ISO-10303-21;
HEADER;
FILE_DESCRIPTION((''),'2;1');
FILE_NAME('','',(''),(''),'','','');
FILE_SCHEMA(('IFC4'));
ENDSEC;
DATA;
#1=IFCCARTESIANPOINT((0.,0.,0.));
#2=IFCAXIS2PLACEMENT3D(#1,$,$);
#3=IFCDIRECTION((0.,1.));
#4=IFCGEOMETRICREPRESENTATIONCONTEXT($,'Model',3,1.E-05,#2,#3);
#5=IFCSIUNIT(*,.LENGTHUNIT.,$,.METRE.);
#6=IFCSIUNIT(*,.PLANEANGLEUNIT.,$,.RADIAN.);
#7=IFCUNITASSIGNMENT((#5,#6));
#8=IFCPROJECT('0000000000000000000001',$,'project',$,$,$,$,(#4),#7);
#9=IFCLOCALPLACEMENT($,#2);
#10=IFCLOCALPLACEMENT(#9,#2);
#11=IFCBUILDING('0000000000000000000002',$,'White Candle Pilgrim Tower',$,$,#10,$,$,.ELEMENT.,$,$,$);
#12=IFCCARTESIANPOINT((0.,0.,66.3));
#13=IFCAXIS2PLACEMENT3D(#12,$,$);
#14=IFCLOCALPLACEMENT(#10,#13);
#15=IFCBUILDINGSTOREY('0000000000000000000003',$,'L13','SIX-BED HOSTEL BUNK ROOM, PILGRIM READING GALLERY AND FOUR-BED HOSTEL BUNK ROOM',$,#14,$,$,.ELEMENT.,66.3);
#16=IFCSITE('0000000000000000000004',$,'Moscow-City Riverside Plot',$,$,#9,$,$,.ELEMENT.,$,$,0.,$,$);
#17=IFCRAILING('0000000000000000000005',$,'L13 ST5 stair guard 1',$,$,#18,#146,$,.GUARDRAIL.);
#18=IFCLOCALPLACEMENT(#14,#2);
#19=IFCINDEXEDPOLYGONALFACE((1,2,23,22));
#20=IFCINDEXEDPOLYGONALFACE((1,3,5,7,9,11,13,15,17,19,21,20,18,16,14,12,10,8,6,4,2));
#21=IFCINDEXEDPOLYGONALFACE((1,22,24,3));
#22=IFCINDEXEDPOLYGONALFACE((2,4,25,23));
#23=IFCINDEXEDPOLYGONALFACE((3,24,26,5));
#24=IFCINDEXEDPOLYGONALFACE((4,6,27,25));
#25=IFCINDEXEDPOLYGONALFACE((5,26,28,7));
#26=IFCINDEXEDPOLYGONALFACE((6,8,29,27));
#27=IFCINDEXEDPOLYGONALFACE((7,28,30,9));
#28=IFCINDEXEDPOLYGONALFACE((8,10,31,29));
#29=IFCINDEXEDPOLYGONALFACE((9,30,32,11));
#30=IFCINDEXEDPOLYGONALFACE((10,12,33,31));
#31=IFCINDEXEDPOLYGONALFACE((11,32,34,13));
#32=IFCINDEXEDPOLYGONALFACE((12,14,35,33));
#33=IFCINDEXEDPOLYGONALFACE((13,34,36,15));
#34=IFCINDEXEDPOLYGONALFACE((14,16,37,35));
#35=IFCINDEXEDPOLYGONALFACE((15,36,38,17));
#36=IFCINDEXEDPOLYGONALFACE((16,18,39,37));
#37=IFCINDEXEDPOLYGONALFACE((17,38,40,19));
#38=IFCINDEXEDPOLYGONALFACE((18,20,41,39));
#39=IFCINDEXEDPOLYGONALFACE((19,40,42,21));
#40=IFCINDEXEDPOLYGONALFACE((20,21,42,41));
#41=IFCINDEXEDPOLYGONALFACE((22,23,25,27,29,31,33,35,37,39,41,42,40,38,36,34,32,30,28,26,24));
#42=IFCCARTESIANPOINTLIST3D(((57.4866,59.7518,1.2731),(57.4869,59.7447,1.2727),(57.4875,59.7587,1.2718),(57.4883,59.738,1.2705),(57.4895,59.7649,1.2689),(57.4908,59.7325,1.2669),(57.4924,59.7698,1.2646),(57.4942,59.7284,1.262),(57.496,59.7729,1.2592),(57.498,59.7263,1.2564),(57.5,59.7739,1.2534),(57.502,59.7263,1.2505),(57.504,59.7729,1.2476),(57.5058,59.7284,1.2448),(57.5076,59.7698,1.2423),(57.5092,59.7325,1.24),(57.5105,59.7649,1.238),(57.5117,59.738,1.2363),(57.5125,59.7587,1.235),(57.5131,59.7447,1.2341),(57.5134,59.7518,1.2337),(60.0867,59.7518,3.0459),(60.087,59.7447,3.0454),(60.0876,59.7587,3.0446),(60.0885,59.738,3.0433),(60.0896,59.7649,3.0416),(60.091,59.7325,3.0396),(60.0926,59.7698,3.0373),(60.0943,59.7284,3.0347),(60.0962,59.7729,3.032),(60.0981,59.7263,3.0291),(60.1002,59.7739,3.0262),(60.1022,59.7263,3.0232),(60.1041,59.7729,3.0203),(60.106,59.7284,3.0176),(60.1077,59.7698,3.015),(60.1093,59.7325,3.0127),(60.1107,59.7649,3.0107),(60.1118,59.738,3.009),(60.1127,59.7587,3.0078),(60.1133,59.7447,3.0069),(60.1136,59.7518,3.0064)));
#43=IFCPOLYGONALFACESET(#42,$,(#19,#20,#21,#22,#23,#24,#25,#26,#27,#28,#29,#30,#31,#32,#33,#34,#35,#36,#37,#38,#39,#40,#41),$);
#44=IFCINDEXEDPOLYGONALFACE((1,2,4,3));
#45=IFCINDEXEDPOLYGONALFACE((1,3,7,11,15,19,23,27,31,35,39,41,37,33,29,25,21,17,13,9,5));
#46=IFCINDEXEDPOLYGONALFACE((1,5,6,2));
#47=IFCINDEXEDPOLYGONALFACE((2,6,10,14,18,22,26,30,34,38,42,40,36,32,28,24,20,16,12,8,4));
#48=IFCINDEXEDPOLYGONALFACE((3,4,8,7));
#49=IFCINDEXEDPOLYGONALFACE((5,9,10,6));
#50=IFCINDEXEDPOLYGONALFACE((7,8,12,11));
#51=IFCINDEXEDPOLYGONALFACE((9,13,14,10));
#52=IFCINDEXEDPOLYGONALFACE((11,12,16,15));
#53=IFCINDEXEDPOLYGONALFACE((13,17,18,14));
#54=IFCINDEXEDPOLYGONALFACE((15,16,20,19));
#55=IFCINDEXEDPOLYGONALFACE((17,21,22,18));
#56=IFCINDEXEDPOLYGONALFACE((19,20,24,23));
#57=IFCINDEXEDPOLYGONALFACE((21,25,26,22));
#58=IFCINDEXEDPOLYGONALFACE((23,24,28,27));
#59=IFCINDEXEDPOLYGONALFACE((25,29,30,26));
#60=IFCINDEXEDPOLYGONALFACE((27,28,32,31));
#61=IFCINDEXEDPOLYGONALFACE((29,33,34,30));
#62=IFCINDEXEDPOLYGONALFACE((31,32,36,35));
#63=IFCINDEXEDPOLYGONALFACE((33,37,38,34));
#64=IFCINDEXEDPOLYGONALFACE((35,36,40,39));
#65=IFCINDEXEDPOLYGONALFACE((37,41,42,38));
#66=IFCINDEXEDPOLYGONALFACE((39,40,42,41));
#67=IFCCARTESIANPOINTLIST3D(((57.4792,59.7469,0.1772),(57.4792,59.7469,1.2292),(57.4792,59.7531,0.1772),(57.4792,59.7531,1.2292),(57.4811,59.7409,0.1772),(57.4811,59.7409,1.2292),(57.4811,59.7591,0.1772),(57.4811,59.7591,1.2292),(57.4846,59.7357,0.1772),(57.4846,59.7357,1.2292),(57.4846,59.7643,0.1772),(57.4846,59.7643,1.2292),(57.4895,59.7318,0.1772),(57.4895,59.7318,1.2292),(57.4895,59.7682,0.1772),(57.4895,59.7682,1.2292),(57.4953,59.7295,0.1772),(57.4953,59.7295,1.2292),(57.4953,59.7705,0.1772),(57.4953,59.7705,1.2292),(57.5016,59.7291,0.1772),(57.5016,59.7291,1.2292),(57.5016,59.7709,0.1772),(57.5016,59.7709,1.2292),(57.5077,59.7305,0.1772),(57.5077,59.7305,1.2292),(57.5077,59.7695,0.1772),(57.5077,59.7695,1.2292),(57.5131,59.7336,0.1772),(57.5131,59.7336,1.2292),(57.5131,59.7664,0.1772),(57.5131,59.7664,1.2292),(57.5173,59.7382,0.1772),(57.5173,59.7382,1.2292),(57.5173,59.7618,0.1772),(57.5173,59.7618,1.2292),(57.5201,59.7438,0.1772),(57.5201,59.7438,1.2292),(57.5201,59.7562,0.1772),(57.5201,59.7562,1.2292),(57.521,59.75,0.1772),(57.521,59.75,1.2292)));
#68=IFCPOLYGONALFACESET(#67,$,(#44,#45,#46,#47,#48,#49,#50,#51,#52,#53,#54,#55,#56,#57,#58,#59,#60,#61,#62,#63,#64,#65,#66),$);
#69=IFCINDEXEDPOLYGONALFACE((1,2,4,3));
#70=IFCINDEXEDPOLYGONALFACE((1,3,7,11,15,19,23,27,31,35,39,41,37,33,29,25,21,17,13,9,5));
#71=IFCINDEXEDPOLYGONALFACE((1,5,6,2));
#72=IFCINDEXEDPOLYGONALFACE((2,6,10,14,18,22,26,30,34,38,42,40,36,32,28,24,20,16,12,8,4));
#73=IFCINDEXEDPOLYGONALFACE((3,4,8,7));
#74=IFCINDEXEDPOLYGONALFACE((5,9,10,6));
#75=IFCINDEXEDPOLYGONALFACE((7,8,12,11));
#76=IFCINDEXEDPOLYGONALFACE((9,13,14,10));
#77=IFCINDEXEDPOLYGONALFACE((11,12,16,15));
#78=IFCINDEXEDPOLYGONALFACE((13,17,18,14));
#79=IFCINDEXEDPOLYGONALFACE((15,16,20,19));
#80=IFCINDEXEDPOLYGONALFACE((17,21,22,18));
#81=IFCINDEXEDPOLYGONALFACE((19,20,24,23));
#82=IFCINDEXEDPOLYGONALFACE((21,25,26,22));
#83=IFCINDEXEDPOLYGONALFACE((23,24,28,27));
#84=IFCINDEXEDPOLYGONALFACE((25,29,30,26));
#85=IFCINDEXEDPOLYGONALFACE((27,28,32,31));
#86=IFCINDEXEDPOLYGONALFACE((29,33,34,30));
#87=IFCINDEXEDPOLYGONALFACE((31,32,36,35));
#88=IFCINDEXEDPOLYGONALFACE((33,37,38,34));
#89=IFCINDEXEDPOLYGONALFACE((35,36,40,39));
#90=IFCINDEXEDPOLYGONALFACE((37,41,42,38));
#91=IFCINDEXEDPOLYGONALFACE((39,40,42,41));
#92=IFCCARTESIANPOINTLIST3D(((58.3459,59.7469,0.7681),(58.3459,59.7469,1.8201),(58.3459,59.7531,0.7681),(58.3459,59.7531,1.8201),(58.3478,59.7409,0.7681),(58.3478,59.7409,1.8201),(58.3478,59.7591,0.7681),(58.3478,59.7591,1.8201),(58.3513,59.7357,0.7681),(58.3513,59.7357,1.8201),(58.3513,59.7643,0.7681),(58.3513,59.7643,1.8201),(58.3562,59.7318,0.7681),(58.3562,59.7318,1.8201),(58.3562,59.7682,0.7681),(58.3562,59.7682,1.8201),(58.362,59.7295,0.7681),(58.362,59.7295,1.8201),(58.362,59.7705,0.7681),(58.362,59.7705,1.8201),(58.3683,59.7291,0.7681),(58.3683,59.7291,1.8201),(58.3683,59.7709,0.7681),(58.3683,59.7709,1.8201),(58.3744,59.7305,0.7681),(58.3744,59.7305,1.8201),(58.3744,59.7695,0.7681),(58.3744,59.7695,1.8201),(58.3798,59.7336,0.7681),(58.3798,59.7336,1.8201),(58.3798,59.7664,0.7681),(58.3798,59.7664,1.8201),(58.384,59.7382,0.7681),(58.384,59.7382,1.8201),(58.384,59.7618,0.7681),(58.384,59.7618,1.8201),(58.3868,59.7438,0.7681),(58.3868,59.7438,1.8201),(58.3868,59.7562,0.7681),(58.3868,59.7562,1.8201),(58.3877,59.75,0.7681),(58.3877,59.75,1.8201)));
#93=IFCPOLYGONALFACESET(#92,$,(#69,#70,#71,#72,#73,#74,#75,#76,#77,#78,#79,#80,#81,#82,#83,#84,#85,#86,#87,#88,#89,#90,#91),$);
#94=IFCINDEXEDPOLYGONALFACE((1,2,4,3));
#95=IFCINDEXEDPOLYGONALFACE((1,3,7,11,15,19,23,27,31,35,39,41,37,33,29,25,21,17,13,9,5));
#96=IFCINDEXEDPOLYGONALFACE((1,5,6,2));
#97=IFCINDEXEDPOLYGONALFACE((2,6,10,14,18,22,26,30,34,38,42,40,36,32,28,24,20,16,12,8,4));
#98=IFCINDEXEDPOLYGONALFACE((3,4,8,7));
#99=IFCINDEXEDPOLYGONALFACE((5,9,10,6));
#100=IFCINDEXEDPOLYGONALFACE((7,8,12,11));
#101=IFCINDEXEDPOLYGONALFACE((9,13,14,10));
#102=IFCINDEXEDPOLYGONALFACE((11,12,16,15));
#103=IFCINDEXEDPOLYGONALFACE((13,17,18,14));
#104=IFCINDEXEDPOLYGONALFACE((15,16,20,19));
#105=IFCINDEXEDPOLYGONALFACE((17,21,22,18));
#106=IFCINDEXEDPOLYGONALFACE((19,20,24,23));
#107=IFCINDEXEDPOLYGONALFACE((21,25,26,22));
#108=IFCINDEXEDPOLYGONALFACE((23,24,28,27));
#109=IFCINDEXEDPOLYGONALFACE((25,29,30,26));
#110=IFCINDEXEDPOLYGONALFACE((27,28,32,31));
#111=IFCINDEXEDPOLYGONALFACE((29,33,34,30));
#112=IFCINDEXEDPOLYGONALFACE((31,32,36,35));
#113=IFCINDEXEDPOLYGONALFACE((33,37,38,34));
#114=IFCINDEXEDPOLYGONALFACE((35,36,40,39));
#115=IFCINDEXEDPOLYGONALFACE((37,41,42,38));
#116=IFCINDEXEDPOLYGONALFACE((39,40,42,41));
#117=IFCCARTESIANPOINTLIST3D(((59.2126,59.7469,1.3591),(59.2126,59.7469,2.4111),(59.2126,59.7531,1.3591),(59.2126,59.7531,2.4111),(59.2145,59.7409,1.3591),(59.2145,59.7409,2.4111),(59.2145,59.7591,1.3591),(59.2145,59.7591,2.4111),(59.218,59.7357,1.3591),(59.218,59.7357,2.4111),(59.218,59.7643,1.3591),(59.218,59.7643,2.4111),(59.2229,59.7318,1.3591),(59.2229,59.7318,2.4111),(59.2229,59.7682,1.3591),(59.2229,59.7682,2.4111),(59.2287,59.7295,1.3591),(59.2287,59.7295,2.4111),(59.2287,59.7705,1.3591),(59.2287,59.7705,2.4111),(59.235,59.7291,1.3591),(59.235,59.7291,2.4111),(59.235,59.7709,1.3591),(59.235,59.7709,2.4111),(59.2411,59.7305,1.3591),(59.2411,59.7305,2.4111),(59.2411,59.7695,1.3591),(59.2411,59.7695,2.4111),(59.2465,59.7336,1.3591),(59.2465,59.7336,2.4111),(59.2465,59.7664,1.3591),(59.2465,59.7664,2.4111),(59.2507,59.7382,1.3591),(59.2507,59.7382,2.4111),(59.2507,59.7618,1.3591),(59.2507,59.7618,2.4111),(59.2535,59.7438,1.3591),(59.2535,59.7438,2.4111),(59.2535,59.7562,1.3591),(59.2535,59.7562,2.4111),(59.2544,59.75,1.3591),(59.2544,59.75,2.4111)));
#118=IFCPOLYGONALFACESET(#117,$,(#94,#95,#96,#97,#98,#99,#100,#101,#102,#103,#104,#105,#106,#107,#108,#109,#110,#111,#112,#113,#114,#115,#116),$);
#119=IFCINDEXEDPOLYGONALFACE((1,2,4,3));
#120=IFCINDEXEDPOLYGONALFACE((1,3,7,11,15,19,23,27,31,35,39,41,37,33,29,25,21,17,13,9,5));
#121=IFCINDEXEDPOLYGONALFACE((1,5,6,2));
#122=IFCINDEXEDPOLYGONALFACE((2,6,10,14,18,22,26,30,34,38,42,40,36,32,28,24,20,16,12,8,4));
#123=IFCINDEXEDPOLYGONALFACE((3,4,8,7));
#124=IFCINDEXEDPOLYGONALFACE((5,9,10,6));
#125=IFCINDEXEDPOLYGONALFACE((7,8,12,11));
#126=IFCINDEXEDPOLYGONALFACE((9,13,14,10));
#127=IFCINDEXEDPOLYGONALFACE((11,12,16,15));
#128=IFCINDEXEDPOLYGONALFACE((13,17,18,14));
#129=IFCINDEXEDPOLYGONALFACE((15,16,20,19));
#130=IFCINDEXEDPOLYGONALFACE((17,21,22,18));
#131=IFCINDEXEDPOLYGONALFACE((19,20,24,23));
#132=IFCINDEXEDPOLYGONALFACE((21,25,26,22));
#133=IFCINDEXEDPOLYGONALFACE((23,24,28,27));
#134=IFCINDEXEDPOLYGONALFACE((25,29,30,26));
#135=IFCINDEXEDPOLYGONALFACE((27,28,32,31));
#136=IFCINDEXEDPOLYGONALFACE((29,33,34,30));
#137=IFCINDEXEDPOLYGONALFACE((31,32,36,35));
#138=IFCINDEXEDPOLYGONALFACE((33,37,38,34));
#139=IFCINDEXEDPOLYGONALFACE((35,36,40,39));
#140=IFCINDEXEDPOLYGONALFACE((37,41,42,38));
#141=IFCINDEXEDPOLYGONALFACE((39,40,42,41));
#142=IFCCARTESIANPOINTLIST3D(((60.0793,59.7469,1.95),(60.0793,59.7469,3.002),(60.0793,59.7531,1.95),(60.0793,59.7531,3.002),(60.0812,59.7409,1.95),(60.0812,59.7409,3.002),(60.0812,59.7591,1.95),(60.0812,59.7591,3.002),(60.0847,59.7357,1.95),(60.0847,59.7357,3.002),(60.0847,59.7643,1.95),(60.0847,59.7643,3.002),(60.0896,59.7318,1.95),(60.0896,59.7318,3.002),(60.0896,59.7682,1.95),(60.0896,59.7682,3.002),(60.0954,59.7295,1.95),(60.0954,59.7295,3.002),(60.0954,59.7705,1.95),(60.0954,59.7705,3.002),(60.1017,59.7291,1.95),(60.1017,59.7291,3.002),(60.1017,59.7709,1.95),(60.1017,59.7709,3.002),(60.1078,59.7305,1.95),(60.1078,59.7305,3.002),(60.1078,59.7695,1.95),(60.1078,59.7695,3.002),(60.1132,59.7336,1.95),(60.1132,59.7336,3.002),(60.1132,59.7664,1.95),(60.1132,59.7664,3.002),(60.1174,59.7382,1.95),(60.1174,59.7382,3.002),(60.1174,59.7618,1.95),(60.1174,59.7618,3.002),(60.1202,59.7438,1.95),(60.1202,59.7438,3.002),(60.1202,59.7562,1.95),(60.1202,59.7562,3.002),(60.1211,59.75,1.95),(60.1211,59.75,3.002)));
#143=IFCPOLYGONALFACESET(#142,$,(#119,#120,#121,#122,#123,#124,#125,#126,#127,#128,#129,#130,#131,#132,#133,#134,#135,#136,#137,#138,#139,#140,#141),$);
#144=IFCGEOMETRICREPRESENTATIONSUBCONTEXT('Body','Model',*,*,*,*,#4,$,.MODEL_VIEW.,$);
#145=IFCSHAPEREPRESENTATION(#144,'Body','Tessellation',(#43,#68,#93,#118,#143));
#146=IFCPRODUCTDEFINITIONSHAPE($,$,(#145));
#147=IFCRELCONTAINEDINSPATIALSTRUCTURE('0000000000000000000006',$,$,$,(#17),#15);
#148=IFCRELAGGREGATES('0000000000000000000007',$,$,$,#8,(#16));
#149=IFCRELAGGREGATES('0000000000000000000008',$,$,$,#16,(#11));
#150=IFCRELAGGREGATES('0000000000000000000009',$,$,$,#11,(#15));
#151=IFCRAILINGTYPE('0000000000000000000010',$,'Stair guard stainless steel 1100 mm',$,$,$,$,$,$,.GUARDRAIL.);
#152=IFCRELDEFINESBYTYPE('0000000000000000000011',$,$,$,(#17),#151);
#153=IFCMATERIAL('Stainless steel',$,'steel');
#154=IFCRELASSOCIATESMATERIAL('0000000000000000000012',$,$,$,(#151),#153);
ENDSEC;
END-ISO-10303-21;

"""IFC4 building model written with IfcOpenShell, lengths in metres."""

from ifc_helpers import new_model, si_unit, direction, frame, origin, origin_2d, place, context, subcontext, project, spatial, circle, extrude, material, type_object, element, save


model = new_model("IFC4")

# Units and contexts
model_context = context("Model", 3, precision=1e-05, world=origin(), true_north=direction((0.0, 1.0)))
body_context = subcontext(model_context, "Body", "Model", "MODEL_VIEW")
ifc_project = project(units=[si_unit("LENGTHUNIT", "METRE"), si_unit("PLANEANGLEUNIT", "RADIAN")], contexts=[model_context])

# Site, building, storey
site_placement = place(None, origin())
site = spatial("IfcSite", under=ifc_project, at=site_placement, Name="Moscow-City Riverside Plot", CompositionType="ELEMENT", RefElevation=0.0)
building_placement = place(site_placement, origin())
building = spatial("IfcBuilding", under=site, at=building_placement, Name="White Candle Pilgrim Tower", CompositionType="ELEMENT")
storey_placement = place(building_placement, frame((0.0, 0.0, 66.3)))
storey = spatial("IfcBuildingStorey", under=building, at=storey_placement, Name="L13", Description="SIX-BED HOSTEL BUNK ROOM, PILGRIM READING GALLERY AND FOUR-BED HOSTEL BUNK ROOM", CompositionType="ELEMENT", Elevation=66.3)

# Railing
ifc_material_1 = material(Name="Stainless steel", Category="steel")
railing_type_1 = type_object("IfcRailingType", Name="Stair guard stainless steel 1100 mm", PredefinedType="GUARDRAIL", material=ifc_material_1)
railing_1_placement = place(storey_placement, frame((57.5, 59.75, 0.1772)))
element("IfcRailing", 1, at=railing_1_placement, inside=storey, type_object=railing_type_1, Name="L13 ST5 stair guard 1", PredefinedType="GUARDRAIL", context=body_context, shape_type="SweptSolid", body=[
    extrude(circle(Radius=0.0239, at=origin_2d()), frame((0.0, 0.0, 1.0762), z_axis=(0.82624, 0.0, 0.563318), x_axis=(0.0, 1.0, 0.0)), (0.0, 0.0, 1.0), 3.147),
    extrude(circle(Radius=0.021, at=origin_2d()), origin(), (0.0, 0.0, 1.0), 1.052),
    extrude(circle(Radius=0.021, at=origin_2d()), frame((0.8667, 0.0, 0.5908)), (0.0, 0.0, 1.0), 1.052),
    extrude(circle(Radius=0.021, at=origin_2d()), frame((1.7334, 0.0, 1.1819)), (0.0, 0.0, 1.0), 1.052),
    extrude(circle(Radius=0.021, at=origin_2d()), frame((2.6001, 0.0, 1.7727)), (0.0, 0.0, 1.0), 1.052),
])

save(model, "model.ifc")
